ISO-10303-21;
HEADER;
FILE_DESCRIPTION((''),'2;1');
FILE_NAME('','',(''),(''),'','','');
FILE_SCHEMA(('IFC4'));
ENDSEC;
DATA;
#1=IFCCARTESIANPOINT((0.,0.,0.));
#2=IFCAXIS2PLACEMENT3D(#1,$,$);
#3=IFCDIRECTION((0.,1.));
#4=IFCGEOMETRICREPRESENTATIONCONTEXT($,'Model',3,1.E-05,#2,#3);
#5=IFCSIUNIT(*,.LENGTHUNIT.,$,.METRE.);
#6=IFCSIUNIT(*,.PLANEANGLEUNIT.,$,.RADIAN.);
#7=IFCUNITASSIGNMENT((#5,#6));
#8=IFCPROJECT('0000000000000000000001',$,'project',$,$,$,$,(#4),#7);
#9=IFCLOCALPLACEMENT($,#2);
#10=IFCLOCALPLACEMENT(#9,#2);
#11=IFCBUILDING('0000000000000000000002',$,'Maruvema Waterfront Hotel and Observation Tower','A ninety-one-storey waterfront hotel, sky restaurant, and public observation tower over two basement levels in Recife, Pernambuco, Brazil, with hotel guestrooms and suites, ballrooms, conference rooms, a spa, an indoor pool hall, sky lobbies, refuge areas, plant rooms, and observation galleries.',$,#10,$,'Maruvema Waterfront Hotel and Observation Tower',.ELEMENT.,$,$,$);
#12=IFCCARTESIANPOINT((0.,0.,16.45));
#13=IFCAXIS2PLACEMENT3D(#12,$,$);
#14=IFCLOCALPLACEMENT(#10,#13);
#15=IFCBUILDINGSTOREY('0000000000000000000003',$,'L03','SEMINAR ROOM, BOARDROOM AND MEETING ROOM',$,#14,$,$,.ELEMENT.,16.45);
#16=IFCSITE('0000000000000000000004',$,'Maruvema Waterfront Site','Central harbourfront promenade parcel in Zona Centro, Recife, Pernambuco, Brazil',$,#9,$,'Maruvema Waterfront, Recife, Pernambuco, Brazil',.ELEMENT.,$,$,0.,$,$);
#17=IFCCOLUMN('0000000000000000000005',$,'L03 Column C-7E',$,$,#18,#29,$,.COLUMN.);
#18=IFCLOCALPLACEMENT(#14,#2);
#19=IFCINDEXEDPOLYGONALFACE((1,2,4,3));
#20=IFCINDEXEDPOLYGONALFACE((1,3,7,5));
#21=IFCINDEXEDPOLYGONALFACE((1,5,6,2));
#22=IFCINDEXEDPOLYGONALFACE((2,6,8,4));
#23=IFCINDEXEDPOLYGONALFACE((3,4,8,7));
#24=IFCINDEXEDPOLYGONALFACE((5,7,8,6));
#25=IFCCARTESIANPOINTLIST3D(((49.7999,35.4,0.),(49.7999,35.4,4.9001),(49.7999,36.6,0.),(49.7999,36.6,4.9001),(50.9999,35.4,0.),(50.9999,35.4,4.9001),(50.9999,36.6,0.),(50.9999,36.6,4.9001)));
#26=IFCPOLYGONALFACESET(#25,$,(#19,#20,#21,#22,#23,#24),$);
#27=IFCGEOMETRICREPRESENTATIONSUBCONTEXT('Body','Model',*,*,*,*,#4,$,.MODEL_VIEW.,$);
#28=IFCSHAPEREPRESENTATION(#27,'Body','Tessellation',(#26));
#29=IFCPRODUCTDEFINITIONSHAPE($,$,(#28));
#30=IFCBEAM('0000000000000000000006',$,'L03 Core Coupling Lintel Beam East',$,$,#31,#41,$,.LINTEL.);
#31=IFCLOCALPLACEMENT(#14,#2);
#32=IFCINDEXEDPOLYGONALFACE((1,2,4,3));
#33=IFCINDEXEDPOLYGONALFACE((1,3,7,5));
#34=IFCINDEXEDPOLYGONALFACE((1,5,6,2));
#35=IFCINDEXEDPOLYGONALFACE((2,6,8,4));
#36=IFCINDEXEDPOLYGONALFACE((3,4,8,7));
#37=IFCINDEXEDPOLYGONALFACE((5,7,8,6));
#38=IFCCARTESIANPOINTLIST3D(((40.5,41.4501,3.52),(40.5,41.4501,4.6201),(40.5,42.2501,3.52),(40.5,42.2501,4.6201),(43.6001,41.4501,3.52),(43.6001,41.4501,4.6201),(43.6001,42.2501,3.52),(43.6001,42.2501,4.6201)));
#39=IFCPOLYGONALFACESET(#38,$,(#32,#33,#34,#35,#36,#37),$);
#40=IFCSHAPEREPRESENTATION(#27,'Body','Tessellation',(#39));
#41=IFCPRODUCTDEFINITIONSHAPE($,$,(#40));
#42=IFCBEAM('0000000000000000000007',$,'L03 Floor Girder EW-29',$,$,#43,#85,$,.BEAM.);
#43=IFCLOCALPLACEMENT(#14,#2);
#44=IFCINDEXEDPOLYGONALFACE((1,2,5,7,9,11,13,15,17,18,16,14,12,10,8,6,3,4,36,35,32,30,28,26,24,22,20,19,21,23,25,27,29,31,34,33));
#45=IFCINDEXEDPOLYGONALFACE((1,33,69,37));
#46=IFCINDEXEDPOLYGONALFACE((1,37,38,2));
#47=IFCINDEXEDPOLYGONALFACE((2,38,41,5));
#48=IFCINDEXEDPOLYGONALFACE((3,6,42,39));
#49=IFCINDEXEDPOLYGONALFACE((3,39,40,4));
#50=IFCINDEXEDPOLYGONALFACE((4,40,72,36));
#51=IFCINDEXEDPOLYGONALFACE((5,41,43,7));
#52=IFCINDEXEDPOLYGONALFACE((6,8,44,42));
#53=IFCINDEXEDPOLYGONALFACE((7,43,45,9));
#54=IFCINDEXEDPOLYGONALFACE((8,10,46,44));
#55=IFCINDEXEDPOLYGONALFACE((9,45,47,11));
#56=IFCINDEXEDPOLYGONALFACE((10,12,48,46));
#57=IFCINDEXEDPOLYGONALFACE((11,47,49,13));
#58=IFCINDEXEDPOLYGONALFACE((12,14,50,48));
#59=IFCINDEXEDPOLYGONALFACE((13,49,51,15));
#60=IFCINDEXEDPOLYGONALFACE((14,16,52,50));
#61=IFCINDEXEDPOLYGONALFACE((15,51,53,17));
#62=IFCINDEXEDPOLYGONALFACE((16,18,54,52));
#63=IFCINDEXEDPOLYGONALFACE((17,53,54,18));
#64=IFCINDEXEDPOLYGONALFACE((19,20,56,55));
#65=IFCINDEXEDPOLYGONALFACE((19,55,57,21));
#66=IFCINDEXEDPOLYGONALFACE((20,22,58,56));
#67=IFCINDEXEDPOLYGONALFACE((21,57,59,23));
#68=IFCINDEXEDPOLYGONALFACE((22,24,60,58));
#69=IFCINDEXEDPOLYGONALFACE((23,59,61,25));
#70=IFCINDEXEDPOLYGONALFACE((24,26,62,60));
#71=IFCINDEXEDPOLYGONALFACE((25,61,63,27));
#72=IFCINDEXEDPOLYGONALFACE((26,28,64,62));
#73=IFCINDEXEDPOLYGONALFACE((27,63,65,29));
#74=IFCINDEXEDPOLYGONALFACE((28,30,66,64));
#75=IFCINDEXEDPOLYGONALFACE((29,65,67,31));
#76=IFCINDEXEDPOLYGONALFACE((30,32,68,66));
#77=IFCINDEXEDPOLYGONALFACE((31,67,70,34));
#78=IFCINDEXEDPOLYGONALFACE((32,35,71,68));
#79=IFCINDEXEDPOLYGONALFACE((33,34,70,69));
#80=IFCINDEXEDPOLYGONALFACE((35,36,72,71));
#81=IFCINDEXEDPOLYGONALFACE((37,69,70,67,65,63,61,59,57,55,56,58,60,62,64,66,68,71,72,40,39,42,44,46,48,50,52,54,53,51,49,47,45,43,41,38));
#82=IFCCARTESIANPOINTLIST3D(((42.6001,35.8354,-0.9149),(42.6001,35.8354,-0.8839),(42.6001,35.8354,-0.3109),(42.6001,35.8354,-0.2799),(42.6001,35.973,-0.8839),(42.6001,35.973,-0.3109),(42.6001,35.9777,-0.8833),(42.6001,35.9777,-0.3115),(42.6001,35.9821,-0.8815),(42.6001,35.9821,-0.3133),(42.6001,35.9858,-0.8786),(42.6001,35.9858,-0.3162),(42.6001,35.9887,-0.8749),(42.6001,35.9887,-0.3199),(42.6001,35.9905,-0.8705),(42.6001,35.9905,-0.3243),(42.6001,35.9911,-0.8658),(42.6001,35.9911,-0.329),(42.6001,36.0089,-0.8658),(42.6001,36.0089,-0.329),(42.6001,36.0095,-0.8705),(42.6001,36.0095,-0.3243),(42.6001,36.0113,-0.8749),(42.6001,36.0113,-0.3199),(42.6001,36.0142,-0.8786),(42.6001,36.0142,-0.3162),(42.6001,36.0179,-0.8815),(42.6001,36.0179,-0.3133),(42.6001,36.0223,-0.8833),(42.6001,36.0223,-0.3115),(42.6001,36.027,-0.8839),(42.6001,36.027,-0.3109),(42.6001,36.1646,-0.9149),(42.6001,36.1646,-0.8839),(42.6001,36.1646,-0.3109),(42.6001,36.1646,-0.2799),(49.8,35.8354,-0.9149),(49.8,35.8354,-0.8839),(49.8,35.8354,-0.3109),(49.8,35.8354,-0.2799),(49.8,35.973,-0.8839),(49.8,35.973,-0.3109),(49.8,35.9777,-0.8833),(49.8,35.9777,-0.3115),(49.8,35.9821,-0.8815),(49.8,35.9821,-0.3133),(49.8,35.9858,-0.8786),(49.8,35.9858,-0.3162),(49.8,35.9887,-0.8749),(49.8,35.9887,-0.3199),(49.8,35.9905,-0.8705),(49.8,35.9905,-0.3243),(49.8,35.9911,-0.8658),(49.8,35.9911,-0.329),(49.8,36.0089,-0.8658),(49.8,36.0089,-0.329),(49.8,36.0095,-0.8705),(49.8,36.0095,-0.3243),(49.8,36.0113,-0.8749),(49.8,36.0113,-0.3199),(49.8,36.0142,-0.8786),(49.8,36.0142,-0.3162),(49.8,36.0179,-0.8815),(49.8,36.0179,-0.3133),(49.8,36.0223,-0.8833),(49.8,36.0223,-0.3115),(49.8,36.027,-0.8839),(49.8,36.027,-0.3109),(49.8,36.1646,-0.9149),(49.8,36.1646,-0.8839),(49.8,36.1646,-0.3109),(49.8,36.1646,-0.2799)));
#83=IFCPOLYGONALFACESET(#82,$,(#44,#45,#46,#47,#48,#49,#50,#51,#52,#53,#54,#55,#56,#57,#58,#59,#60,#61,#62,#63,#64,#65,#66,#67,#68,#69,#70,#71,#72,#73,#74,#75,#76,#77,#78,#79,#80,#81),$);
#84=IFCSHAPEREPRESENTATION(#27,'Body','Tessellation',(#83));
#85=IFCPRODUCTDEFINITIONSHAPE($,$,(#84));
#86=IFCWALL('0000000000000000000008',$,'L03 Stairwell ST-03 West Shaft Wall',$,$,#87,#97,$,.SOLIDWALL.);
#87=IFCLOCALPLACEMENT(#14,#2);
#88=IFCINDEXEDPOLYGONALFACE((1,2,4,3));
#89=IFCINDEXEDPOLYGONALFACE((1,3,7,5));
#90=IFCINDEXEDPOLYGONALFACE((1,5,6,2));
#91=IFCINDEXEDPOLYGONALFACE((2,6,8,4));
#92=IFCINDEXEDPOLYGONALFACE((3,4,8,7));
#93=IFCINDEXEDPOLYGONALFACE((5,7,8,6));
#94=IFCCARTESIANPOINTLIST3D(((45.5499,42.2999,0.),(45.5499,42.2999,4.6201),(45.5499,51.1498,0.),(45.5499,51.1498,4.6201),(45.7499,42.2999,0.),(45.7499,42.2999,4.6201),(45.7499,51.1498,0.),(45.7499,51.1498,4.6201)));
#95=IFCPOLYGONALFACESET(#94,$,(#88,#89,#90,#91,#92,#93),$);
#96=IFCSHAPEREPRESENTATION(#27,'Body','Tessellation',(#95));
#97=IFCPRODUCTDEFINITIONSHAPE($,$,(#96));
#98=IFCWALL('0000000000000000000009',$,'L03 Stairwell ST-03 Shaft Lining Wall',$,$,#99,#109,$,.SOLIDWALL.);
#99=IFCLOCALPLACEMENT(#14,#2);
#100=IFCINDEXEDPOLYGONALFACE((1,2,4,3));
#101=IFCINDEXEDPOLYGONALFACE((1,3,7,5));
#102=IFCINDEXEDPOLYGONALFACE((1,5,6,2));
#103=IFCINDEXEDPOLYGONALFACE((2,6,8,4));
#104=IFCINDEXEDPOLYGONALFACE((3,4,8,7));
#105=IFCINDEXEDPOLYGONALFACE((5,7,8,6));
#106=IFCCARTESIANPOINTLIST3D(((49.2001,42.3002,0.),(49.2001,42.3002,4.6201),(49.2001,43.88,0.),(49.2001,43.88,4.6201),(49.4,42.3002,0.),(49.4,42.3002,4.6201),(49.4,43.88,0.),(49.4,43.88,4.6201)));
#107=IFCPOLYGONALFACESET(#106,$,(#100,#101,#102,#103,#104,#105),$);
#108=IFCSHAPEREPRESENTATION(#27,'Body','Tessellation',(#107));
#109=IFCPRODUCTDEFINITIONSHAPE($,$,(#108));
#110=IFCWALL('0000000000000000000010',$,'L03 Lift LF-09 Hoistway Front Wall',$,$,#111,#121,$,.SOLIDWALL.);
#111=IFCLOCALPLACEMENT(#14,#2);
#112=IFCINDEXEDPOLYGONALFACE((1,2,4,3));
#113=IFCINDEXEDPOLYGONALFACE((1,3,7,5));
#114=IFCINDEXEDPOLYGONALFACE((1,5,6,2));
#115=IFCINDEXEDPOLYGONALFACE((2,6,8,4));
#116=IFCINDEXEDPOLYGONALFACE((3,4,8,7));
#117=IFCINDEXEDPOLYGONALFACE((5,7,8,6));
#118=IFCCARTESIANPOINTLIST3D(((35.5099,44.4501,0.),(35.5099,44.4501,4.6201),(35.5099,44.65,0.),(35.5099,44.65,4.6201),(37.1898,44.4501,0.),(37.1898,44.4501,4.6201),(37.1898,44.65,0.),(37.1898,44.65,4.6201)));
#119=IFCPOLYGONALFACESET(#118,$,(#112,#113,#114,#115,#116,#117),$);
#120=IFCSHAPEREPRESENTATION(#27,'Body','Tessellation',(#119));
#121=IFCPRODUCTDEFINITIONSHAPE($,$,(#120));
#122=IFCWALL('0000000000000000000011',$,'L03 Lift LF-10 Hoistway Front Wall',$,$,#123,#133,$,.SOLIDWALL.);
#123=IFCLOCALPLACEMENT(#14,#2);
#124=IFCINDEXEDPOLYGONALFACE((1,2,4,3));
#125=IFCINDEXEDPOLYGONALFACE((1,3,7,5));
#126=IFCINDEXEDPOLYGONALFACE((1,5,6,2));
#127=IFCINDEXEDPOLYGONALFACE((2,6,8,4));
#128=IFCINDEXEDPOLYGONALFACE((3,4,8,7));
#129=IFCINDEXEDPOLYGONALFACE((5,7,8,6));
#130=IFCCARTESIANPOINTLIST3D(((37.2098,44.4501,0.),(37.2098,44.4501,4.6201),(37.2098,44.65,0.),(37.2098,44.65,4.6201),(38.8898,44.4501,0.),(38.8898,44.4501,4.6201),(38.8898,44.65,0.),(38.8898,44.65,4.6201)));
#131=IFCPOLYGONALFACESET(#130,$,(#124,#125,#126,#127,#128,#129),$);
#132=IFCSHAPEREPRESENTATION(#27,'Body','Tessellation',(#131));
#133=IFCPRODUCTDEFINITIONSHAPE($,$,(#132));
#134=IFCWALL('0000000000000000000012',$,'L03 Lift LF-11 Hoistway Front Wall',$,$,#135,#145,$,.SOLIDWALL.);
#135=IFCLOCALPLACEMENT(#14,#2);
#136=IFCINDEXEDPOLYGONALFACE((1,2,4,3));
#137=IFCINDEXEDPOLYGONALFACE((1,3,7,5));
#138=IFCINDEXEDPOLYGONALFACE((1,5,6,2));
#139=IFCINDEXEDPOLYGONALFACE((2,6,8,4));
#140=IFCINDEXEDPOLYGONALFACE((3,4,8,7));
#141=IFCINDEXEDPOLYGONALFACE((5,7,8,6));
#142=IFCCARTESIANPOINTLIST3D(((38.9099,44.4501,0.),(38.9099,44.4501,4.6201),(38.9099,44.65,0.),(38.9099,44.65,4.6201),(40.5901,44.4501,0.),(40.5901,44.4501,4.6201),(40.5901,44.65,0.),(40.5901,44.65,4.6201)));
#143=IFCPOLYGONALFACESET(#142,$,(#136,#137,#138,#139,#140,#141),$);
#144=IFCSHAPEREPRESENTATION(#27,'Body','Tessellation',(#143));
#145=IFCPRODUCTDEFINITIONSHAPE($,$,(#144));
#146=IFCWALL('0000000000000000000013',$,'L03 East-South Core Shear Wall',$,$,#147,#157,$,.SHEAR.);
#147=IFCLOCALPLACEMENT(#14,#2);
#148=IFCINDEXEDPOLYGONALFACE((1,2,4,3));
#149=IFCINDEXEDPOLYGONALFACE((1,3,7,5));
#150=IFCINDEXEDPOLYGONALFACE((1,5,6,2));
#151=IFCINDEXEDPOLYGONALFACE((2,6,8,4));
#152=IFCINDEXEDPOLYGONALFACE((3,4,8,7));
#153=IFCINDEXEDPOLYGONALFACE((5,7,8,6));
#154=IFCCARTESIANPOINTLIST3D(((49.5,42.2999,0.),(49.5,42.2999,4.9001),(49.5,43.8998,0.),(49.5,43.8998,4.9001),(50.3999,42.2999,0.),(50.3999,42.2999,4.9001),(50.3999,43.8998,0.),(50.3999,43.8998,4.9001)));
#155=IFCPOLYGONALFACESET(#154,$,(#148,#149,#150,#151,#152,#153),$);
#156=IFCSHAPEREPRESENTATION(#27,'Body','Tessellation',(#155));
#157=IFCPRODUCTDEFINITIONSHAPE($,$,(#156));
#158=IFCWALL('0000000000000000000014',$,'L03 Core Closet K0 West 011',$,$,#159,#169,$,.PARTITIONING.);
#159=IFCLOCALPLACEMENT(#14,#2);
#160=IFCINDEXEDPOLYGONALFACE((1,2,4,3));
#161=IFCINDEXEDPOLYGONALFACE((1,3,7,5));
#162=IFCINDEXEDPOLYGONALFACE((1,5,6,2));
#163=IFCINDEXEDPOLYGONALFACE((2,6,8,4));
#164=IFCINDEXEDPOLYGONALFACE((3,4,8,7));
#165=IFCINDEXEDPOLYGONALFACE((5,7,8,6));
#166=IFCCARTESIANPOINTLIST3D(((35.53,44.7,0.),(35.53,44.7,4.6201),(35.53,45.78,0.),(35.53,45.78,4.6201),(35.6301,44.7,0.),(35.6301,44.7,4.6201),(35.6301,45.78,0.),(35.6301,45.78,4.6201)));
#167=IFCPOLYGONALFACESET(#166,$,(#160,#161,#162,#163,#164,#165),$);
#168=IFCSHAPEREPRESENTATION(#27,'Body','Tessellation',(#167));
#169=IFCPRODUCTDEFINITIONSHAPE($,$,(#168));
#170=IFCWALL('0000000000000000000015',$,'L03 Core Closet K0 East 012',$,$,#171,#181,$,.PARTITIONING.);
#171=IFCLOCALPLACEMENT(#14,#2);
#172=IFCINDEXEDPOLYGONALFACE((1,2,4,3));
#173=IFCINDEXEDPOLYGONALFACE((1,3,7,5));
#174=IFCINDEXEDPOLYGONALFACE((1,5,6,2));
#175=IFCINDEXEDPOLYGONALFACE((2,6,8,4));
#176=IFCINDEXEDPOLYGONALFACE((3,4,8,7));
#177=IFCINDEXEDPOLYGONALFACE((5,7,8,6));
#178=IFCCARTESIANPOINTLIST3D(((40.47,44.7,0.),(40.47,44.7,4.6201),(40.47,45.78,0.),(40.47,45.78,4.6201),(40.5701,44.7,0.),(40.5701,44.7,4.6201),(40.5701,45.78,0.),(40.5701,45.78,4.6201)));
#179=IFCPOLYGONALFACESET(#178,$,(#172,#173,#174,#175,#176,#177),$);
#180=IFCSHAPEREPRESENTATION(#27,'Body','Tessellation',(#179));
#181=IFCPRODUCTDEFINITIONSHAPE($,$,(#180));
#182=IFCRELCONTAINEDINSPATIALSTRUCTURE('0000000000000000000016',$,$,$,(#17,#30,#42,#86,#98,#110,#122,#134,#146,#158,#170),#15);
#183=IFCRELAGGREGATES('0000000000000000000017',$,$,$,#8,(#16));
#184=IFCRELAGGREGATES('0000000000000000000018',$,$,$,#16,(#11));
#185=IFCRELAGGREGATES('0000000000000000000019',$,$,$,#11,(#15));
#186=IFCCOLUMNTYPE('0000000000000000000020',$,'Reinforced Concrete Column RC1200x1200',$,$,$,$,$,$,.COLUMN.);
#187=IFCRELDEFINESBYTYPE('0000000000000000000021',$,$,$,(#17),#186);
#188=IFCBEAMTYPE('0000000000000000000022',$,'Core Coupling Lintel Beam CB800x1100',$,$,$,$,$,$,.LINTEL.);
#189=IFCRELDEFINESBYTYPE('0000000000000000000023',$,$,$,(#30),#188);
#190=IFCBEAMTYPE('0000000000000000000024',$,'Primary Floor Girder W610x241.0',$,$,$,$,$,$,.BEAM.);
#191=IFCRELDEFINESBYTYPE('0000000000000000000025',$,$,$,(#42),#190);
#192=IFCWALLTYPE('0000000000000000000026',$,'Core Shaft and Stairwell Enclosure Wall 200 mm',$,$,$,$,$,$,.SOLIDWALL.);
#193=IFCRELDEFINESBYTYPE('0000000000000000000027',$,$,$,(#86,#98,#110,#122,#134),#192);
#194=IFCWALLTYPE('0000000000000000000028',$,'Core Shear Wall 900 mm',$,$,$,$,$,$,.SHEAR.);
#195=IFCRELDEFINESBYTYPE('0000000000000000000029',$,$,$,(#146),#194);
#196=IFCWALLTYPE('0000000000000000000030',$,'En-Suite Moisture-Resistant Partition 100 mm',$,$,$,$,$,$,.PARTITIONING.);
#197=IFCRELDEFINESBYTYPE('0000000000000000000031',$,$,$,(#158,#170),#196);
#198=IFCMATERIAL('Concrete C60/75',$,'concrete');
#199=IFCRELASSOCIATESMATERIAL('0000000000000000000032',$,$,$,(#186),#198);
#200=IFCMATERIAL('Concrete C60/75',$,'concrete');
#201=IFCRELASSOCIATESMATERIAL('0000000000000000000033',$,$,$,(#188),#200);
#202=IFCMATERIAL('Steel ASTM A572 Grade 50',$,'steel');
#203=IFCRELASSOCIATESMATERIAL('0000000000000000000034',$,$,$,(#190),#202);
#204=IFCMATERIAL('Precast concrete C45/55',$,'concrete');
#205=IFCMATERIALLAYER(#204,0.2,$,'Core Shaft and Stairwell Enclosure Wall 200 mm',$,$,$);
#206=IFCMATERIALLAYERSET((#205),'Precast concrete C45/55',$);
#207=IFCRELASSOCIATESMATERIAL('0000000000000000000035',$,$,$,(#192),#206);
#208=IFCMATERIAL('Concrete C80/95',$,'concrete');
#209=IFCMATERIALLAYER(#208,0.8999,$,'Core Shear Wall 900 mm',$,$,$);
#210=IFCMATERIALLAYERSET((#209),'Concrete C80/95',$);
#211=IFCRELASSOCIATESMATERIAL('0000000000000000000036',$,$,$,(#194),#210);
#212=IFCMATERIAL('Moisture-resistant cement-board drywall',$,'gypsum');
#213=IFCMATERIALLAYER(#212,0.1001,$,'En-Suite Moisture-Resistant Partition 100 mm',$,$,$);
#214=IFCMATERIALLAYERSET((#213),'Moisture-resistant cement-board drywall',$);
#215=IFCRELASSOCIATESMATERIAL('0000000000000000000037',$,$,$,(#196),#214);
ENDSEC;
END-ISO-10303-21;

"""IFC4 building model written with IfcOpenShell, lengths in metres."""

from ifc_helpers import new_model, si_unit, direction, frame, frame_2d, origin, origin_2d, place, context, subcontext, project, spatial, rectangle, i_section, extrude, material, layer, layer_set, material_profile, profile_set, type_object, element, save


model = new_model("IFC4")

# Units and contexts
model_context = context("Model", 3, precision=1e-05, world=origin(), true_north=direction((0.0, 1.0)))
body_context = subcontext(model_context, "Body", "Model", "MODEL_VIEW")
ifc_project = project(units=[si_unit("LENGTHUNIT", "METRE"), si_unit("PLANEANGLEUNIT", "RADIAN")], contexts=[model_context])

# Site, building, storey
site_placement = place(None, origin())
site = spatial("IfcSite", under=ifc_project, at=site_placement, Name="Maruvema Waterfront Site", Description="Central harbourfront promenade parcel in Zona Centro, Recife, Pernambuco, Brazil", LongName="Maruvema Waterfront, Recife, Pernambuco, Brazil", CompositionType="ELEMENT", RefElevation=0.0)
building_placement = place(site_placement, origin())
building = spatial("IfcBuilding", under=site, at=building_placement, Name="Maruvema Waterfront Hotel and Observation Tower", Description="A ninety-one-storey waterfront hotel, sky restaurant, and public observation tower over two basement levels in Recife, Pernambuco, Brazil, with hotel guestrooms and suites, ballrooms, conference rooms, a spa, an indoor pool hall, sky lobbies, refuge areas, plant rooms, and observation galleries.", LongName="Maruvema Waterfront Hotel and Observation Tower", CompositionType="ELEMENT")
storey_placement = place(building_placement, frame((0.0, 0.0, 16.45)))
storey = spatial("IfcBuildingStorey", under=building, at=storey_placement, Name="L03", Description="SEMINAR ROOM, BOARDROOM AND MEETING ROOM", CompositionType="ELEMENT", Elevation=16.45)

# Column
ifc_material_1 = material(Name="Concrete C60/75", Category="concrete")
ifc_material_profile_1 = material_profile(ifc_material_1, rectangle(XDim=1.2, YDim=1.2, at=origin_2d()), Name="RC1200x1200")
ifc_profile_set_1 = profile_set([ifc_material_profile_1], Name="Concrete C60/75")
column_type = type_object("IfcColumnType", Name="Reinforced Concrete Column RC1200x1200", PredefinedType="COLUMN", material=ifc_profile_set_1)
column_placement = place(storey_placement, frame((50.3999, 36.0, 0.0), z_axis=(0.0, 0.0, 1.0), x_axis=(1.0, 0.0, 0.0)))
element("IfcColumn", 1, at=column_placement, inside=storey, type_object=column_type, Name="L03 Column C-7E", PredefinedType="COLUMN", context=body_context, shape_type="SweptSolid", body=[
    extrude(rectangle(XDim=1.2, YDim=1.2, at=origin_2d()), origin(), (0.0, 0.0, 1.0), 4.9001),
])

# Beams
ifc_material_2 = material(Name="Concrete C60/75", Category="concrete")
ifc_material_profile_2 = material_profile(ifc_material_2, rectangle(XDim=0.8, YDim=1.1001, at=origin_2d()), Name="CB800x1100")
ifc_profile_set_2 = profile_set([ifc_material_profile_2], Name="Concrete C60/75")
beam_type_1 = type_object("IfcBeamType", Name="Core Coupling Lintel Beam CB800x1100", PredefinedType="LINTEL", material=ifc_profile_set_2)
beam_1_placement = place(storey_placement, frame((40.5, 41.8501, 4.0701), z_axis=(1.0, 0.0, 0.0), x_axis=(0.0, 1.0, 0.0)))
element("IfcBeam", 2, at=beam_1_placement, inside=storey, type_object=beam_type_1, Name="L03 Core Coupling Lintel Beam East", PredefinedType="LINTEL", context=body_context, shape_type="SweptSolid", body=[
    extrude(rectangle(XDim=0.8, YDim=1.1001, at=origin_2d()), origin(), (0.0, 0.0, 1.0), 3.1001),
])
ifc_material_3 = material(Name="Steel ASTM A572 Grade 50", Category="steel")
ifc_material_profile_3 = material_profile(ifc_material_3, i_section(OverallWidth=0.3291, OverallDepth=0.635, WebThickness=0.0178, FlangeThickness=0.031, FilletRadius=0.0181, at=origin_2d()), Name="W610x241.0")
ifc_profile_set_3 = profile_set([ifc_material_profile_3], Name="Steel ASTM A572 Grade 50")
beam_type_2 = type_object("IfcBeamType", Name="Primary Floor Girder W610x241.0", PredefinedType="BEAM", material=ifc_profile_set_3)
beam_2_placement = place(storey_placement, frame((42.6001, 36.0, -0.5974), z_axis=(1.0, 0.0, 0.0), x_axis=(0.0, 1.0, 0.0)))
element("IfcBeam", 3, at=beam_2_placement, inside=storey, type_object=beam_type_2, Name="L03 Floor Girder EW-29", PredefinedType="BEAM", context=body_context, shape_type="SweptSolid", body=[
    extrude(i_section(OverallWidth=0.3291, OverallDepth=0.635, WebThickness=0.0178, FlangeThickness=0.031, FilletRadius=0.0181, at=origin_2d()), origin(), (0.0, 0.0, 1.0), 7.2),
])

# Walls
ifc_material_4 = material(Name="Precast concrete C45/55", Category="concrete")
ifc_layer_1 = layer(ifc_material_4, 0.2, Name="Core Shaft and Stairwell Enclosure Wall 200 mm")
ifc_layer_set_1 = layer_set([ifc_layer_1], Name="Precast concrete C45/55")
wall_type_1 = type_object("IfcWallType", Name="Core Shaft and Stairwell Enclosure Wall 200 mm", PredefinedType="SOLIDWALL", material=ifc_layer_set_1)
wall_1_placement = place(storey_placement, frame((45.6499, 42.3, 0.0), z_axis=(0.0, 0.0, 1.0), x_axis=(0.0, 1.0, 0.0)))
element("IfcWall", 4, at=wall_1_placement, inside=storey, type_object=wall_type_1, Name="L03 Stairwell ST-03 West Shaft Wall", PredefinedType="SOLIDWALL", context=body_context, shape_type="SweptSolid", body=[
    extrude(rectangle(XDim=8.8499, YDim=0.2, at=frame_2d((4.4248, 0.0))), origin(), (0.0, 0.0, 1.0), 4.6201),
])
wall_2_placement = place(storey_placement, frame((49.3, 42.3, 0.0), z_axis=(0.0, 0.0, 1.0), x_axis=(0.0, 1.0, 0.0)))
element("IfcWall", 5, at=wall_2_placement, inside=storey, type_object=wall_type_1, Name="L03 Stairwell ST-03 Shaft Lining Wall", PredefinedType="SOLIDWALL", context=body_context, shape_type="SweptSolid", body=[
    extrude(rectangle(XDim=1.5798, YDim=0.2, at=frame_2d((0.79, 0.0))), origin(), (0.0, 0.0, 1.0), 4.6201),
])
for number, where, z_axis, x_axis, name in (
    (6, (35.51, 44.55, 0.0), (0.0, 0.0, 1.0), (1.0, 0.0, 0.0), "L03 Lift LF-09 Hoistway Front Wall"),
    (7, (37.21, 44.55, 0.0), (0.0, 0.0, 1.0), (1.0, 0.0, 0.0), "L03 Lift LF-10 Hoistway Front Wall"),
):
    element("IfcWall", number, at=place(storey_placement, frame(where, z_axis=z_axis, x_axis=x_axis)), inside=storey, type_object=wall_type_1, Name=name, PredefinedType="SOLIDWALL", context=body_context, shape_type="SweptSolid", body=[
        extrude(rectangle(XDim=1.6799, YDim=0.2, at=frame_2d((0.8398, 0.0))), origin(), (0.0, 0.0, 1.0), 4.6201),
    ])
wall_3_placement = place(storey_placement, frame((38.9099, 44.55, 0.0), z_axis=(0.0, 0.0, 1.0), x_axis=(1.0, 0.0, 0.0)))
element("IfcWall", 8, at=wall_3_placement, inside=storey, type_object=wall_type_1, Name="L03 Lift LF-11 Hoistway Front Wall", PredefinedType="SOLIDWALL", context=body_context, shape_type="SweptSolid", body=[
    extrude(rectangle(XDim=1.6802, YDim=0.2, at=frame_2d((0.8401, 0.0))), origin(), (0.0, 0.0, 1.0), 4.6201),
])

# Shared definitions
ifc_material_5 = material(Name="Concrete C80/95", Category="concrete")
ifc_layer_2 = layer(ifc_material_5, 0.8999, Name="Core Shear Wall 900 mm")
ifc_layer_set_2 = layer_set([ifc_layer_2], Name="Concrete C80/95")
wall_type_2 = type_object("IfcWallType", Name="Core Shear Wall 900 mm", PredefinedType="SHEAR", material=ifc_layer_set_2)

# Walls
wall_4_placement = place(storey_placement, frame((49.95, 42.3, 0.0), z_axis=(0.0, 0.0, 1.0), x_axis=(0.0, 1.0, 0.0)))
element("IfcWall", 9, at=wall_4_placement, inside=storey, type_object=wall_type_2, Name="L03 East-South Core Shear Wall", PredefinedType="SHEAR", context=body_context, shape_type="SweptSolid", body=[
    extrude(rectangle(XDim=1.5999, YDim=0.8999, at=frame_2d((0.7998, 0.0))), origin(), (0.0, 0.0, 1.0), 4.9001),
])
ifc_material_6 = material(Name="Moisture-resistant cement-board drywall", Category="gypsum")
ifc_layer_3 = layer(ifc_material_6, 0.1001, Name="En-Suite Moisture-Resistant Partition 100 mm")
ifc_layer_set_3 = layer_set([ifc_layer_3], Name="Moisture-resistant cement-board drywall")
wall_type_3 = type_object("IfcWallType", Name="En-Suite Moisture-Resistant Partition 100 mm", PredefinedType="PARTITIONING", material=ifc_layer_set_3)
for number, where, z_axis, x_axis, name in (
    (10, (35.5801, 44.7, 0.0), (0.0, 0.0, 1.0), (0.0, 1.0, 0.0), "L03 Core Closet K0 West 011"),
    (11, (40.52, 44.7, 0.0), (0.0, 0.0, 1.0), (0.0, 1.0, 0.0), "L03 Core Closet K0 East 012"),
):
    element("IfcWall", number, at=place(storey_placement, frame(where, z_axis=z_axis, x_axis=x_axis)), inside=storey, type_object=wall_type_3, Name=name, PredefinedType="PARTITIONING", context=body_context, shape_type="SweptSolid", body=[
        extrude(rectangle(XDim=1.0801, YDim=0.1001, at=frame_2d((0.54, 0.0))), origin(), (0.0, 0.0, 1.0), 4.6201),
    ])

save(model, "model.ifc")
